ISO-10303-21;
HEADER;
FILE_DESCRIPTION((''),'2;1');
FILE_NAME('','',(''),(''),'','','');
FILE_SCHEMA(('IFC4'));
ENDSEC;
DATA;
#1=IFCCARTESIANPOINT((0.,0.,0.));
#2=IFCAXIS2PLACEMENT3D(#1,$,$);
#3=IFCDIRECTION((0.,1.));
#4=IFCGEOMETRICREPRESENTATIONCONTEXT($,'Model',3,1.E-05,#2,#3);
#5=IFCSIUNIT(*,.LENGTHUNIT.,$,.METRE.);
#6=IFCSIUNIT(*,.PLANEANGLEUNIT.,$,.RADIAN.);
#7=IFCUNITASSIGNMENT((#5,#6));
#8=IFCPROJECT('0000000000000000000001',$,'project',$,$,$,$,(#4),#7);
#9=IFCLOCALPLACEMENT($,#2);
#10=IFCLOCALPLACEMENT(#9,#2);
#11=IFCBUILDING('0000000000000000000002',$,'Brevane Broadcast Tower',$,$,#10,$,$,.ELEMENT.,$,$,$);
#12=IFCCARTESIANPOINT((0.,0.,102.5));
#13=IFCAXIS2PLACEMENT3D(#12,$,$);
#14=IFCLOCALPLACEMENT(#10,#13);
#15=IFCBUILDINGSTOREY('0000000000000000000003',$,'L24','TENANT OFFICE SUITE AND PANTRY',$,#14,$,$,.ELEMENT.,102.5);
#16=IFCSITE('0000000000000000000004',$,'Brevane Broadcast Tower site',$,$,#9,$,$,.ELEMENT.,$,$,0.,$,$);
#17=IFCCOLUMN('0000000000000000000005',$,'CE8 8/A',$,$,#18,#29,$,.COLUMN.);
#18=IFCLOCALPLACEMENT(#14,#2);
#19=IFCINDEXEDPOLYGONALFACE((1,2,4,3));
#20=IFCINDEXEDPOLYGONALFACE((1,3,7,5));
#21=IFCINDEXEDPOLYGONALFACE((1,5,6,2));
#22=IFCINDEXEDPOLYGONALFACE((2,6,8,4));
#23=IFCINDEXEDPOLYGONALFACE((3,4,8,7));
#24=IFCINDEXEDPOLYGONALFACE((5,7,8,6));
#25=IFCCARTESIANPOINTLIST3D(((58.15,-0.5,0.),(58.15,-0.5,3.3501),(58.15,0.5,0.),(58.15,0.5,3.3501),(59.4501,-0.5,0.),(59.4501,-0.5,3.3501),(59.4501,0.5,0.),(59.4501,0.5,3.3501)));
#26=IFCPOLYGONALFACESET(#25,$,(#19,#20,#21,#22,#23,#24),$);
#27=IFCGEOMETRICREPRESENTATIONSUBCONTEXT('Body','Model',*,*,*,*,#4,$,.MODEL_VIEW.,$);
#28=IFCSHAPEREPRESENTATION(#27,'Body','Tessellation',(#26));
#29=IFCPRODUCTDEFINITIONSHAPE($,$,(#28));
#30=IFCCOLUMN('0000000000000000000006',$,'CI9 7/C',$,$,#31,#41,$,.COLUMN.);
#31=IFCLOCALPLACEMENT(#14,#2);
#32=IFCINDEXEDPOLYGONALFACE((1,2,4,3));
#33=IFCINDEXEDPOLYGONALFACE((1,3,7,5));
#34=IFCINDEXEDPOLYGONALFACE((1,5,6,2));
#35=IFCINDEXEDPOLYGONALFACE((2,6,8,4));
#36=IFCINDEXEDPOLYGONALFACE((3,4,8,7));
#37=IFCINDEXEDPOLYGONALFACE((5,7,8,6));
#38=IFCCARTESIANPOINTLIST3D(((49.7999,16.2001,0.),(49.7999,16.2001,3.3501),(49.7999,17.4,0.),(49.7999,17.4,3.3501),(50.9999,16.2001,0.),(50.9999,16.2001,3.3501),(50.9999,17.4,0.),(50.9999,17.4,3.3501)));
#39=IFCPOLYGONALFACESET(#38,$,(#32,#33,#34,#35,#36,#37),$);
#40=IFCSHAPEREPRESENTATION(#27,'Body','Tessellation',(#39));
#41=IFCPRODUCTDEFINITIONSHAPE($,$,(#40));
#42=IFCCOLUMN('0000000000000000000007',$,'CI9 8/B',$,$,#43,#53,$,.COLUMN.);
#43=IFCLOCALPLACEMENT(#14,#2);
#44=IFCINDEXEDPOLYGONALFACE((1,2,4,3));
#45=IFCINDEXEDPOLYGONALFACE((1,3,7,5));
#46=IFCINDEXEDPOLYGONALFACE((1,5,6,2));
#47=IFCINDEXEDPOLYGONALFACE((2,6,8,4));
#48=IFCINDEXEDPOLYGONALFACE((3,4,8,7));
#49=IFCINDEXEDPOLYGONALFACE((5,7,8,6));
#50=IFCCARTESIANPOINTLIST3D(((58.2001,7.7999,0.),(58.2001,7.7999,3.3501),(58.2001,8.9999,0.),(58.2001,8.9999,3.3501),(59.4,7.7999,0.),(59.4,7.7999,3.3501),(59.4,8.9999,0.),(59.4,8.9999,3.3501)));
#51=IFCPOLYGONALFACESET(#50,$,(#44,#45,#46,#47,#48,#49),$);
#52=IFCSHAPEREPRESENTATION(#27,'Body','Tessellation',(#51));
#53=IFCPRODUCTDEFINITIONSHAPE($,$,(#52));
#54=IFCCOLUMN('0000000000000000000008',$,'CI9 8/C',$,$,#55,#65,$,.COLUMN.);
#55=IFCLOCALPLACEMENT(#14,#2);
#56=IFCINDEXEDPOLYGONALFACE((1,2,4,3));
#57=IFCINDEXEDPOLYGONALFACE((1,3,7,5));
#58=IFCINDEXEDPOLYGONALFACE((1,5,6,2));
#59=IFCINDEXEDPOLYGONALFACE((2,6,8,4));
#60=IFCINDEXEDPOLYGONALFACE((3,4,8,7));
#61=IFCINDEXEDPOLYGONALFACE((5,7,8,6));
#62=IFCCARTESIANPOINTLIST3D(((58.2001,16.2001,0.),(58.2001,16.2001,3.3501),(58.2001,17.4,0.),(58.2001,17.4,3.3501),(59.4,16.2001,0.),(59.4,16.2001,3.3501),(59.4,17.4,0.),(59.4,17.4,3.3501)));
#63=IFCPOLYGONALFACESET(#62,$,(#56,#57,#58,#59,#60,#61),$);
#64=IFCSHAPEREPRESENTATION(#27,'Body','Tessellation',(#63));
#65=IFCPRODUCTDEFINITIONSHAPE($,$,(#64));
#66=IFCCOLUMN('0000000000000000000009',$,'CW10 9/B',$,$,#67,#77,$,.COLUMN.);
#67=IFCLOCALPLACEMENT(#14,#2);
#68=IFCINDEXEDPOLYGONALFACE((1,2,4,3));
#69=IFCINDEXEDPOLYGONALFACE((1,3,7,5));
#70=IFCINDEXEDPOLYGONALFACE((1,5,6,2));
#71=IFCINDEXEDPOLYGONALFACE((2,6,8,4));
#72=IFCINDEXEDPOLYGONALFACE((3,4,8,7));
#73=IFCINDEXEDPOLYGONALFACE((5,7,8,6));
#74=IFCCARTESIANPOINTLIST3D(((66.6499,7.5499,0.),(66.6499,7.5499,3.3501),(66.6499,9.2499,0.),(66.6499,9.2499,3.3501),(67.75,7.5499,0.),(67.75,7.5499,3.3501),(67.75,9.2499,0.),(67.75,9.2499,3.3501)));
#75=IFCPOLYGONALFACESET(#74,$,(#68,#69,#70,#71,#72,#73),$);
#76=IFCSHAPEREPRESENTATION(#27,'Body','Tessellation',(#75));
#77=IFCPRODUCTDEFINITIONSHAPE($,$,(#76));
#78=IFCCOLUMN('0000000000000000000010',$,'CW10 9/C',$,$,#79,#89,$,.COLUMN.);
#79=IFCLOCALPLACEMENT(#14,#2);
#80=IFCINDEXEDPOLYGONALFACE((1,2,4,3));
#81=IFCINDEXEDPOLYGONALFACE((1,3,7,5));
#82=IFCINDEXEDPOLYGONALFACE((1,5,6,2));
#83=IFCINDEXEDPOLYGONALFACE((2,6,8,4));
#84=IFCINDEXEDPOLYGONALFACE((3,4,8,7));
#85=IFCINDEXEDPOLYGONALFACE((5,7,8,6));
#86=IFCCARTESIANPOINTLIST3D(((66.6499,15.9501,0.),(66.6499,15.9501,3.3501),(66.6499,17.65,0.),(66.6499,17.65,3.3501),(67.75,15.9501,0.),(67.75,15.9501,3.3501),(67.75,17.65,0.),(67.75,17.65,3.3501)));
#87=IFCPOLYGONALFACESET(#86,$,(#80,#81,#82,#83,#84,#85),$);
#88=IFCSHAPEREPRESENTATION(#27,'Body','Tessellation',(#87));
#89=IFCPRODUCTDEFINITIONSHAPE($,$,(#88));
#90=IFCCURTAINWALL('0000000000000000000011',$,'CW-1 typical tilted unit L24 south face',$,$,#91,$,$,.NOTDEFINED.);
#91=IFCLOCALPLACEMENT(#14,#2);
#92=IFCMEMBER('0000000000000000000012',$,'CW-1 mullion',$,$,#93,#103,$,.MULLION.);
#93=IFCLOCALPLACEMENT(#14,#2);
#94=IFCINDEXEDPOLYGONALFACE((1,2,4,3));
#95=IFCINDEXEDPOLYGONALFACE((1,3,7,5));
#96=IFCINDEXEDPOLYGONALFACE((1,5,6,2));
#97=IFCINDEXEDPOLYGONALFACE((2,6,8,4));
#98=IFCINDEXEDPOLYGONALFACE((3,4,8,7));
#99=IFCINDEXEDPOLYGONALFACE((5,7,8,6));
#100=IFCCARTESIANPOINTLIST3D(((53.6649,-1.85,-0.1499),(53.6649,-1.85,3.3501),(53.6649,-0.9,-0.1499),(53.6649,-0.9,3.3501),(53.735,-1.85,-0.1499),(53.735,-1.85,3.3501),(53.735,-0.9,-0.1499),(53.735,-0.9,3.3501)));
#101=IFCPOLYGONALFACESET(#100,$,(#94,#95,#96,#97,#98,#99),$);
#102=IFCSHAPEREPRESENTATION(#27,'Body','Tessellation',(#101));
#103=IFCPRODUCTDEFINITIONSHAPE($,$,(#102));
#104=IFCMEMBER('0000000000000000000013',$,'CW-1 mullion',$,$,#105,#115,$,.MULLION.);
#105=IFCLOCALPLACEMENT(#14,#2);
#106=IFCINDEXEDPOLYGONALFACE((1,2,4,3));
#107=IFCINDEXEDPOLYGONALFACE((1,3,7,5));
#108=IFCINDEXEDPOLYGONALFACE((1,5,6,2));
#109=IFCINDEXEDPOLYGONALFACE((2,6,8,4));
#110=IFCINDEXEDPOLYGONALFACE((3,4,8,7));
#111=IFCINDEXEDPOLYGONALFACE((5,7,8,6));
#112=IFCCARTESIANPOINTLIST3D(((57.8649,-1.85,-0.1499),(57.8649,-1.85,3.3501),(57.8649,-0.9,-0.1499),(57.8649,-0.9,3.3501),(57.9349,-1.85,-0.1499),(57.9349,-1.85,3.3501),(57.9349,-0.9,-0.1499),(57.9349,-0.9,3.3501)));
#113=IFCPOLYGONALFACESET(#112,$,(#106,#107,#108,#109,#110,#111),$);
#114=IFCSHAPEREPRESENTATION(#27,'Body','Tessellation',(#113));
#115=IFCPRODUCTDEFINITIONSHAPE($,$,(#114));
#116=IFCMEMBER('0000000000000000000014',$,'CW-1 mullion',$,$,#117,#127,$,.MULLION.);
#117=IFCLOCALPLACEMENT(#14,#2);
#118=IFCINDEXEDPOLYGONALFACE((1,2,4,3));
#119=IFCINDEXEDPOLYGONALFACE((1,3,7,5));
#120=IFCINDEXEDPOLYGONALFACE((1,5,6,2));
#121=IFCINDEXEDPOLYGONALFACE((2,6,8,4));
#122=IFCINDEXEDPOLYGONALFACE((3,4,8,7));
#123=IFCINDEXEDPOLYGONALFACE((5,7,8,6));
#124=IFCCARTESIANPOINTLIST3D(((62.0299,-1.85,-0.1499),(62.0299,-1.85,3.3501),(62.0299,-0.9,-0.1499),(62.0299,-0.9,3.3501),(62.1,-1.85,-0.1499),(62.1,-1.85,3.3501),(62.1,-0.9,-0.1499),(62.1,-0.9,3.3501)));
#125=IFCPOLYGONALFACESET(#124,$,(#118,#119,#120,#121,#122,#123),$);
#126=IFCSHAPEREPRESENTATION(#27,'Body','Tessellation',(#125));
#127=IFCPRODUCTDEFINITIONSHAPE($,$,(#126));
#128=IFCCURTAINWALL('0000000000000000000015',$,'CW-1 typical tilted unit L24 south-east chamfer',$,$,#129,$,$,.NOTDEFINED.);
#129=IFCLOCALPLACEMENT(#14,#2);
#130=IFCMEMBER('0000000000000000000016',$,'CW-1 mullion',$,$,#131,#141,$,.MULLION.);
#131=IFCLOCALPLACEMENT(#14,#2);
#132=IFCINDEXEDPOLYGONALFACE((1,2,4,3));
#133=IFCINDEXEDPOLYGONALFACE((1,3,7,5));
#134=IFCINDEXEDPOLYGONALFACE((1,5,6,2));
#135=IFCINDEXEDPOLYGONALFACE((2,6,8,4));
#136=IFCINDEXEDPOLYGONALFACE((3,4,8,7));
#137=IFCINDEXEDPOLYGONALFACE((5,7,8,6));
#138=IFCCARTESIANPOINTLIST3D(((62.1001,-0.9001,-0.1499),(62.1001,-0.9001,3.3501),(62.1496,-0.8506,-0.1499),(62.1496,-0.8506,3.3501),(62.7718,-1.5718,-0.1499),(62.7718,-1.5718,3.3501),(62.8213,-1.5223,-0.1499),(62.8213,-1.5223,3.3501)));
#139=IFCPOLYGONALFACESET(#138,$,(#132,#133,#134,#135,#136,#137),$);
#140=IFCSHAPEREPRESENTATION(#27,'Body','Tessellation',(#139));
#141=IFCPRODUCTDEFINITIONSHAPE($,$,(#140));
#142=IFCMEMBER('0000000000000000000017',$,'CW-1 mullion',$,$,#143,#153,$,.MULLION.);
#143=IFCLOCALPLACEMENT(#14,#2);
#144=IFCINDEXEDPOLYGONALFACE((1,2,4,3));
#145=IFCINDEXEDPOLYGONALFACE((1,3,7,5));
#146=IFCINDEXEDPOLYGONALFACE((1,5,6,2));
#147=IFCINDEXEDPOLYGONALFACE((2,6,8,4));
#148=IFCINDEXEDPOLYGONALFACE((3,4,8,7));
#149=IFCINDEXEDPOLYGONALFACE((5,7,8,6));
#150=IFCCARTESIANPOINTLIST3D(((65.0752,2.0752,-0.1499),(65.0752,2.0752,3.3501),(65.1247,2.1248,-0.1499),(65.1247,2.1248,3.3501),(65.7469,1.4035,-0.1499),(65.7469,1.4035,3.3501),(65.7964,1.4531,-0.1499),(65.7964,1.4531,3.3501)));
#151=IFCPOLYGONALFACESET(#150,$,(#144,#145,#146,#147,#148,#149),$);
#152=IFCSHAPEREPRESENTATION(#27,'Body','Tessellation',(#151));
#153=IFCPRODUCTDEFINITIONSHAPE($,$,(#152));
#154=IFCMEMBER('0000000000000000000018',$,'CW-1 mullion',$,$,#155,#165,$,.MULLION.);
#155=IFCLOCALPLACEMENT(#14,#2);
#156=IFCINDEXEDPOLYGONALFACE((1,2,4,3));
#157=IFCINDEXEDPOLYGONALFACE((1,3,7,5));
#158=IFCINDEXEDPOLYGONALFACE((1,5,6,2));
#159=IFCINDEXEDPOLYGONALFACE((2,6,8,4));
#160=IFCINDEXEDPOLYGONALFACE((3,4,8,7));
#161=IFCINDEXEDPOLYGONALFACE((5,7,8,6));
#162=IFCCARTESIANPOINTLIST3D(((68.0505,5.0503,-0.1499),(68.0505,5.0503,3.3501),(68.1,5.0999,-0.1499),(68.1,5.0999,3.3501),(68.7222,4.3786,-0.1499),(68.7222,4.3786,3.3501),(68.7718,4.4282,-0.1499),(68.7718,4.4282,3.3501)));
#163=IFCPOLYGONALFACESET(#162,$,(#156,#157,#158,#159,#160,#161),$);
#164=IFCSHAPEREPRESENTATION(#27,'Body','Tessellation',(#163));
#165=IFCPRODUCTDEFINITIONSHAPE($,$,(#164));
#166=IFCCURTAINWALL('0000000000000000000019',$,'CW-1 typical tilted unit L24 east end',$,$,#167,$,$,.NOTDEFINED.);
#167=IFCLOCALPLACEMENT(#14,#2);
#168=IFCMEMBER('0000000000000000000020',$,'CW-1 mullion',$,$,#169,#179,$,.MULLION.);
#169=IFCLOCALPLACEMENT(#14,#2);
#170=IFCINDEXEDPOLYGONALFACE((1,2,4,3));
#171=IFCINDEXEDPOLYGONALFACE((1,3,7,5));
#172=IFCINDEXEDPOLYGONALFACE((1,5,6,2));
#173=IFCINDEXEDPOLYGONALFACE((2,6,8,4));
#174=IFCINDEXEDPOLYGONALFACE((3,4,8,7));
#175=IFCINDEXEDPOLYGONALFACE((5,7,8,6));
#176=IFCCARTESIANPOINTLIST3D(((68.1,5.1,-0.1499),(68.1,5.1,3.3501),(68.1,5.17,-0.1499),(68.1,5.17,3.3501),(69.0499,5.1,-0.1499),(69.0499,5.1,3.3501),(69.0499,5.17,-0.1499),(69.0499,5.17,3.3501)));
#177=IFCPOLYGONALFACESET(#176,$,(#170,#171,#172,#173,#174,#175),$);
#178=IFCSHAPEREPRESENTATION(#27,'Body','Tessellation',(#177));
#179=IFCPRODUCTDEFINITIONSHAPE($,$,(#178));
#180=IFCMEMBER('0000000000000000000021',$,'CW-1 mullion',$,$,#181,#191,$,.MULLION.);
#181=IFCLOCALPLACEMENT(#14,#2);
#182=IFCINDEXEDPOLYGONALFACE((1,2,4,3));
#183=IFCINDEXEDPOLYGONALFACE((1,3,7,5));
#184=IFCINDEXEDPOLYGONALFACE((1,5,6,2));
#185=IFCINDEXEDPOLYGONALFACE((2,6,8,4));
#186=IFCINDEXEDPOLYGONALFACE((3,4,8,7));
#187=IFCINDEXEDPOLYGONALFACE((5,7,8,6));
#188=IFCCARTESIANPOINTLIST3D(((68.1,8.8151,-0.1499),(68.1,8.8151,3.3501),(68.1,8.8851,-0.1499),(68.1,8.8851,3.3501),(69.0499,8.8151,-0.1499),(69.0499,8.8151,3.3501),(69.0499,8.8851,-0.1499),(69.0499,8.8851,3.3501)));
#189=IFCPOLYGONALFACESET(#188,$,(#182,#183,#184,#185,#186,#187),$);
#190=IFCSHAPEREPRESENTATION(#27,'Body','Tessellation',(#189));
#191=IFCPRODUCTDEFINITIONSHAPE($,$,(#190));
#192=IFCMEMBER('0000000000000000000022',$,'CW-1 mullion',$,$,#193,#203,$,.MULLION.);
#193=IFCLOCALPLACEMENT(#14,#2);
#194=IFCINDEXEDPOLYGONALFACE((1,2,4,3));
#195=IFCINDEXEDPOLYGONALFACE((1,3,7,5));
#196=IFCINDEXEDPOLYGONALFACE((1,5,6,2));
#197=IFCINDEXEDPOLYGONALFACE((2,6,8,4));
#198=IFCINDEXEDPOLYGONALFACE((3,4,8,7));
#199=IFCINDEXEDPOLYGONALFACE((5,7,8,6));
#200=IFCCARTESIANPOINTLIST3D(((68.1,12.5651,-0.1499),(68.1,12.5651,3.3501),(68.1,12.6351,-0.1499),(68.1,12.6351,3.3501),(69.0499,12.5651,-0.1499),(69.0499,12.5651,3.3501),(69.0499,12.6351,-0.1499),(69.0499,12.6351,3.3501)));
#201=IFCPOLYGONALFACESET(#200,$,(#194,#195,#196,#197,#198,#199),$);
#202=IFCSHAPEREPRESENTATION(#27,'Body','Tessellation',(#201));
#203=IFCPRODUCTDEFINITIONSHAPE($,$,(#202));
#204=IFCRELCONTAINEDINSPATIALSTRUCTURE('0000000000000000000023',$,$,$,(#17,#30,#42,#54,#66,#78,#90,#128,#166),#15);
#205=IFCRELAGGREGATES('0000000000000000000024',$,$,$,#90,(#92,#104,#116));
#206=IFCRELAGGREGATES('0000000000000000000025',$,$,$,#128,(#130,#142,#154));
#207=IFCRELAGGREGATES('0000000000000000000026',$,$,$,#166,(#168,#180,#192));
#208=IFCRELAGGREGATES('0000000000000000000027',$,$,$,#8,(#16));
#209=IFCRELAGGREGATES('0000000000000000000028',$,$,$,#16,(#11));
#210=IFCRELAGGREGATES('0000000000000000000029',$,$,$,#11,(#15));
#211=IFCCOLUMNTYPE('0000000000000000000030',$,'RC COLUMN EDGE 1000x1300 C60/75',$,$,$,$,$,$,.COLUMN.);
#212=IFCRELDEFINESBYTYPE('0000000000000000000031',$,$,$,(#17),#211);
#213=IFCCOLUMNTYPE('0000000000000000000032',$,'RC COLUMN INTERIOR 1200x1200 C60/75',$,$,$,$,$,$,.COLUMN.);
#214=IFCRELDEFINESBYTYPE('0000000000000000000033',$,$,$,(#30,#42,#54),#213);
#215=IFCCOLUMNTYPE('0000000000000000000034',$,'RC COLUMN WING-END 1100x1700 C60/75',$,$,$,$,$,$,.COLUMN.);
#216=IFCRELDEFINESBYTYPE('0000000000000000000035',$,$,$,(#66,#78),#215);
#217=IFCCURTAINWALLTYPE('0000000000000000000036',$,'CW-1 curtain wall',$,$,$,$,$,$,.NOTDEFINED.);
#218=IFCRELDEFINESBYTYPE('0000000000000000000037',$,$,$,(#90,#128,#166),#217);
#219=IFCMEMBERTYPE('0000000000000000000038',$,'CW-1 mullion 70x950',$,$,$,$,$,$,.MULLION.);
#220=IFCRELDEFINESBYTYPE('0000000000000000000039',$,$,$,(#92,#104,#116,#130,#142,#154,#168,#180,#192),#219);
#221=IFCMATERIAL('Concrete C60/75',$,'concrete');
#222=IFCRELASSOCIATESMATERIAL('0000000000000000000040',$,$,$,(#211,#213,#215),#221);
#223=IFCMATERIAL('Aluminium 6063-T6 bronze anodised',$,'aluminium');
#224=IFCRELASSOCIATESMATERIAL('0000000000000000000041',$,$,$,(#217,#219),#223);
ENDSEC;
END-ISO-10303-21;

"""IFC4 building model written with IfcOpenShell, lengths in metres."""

from ifc_helpers import new_model, si_unit, direction, frame, origin, origin_2d, place, context, subcontext, project, spatial, rectangle, extrude, material, material_profile, profile_set, type_object, element, aggregate, save


model = new_model("IFC4")

# Units and contexts
model_context = context("Model", 3, precision=1e-05, world=origin(), true_north=direction((0.0, 1.0)))
body_context = subcontext(model_context, "Body", "Model", "MODEL_VIEW")
ifc_project = project(units=[si_unit("LENGTHUNIT", "METRE"), si_unit("PLANEANGLEUNIT", "RADIAN")], contexts=[model_context])

# Site, building, storey
site_placement = place(None, origin())
site = spatial("IfcSite", under=ifc_project, at=site_placement, Name="Brevane Broadcast Tower site", CompositionType="ELEMENT", RefElevation=0.0)
building_placement = place(site_placement, origin())
building = spatial("IfcBuilding", under=site, at=building_placement, Name="Brevane Broadcast Tower", CompositionType="ELEMENT")
storey_placement = place(building_placement, frame((0.0, 0.0, 102.5)))
storey = spatial("IfcBuildingStorey", under=building, at=storey_placement, Name="L24", Description="TENANT OFFICE SUITE AND PANTRY", CompositionType="ELEMENT", Elevation=102.5)

# Columns
ifc_material_1 = material(Name="Concrete C60/75", Category="concrete")
ifc_material_profile_1 = material_profile(ifc_material_1, rectangle(XDim=1.0, YDim=1.3, at=origin_2d()), Name="RC 1000x1300")
ifc_profile_set_1 = profile_set([ifc_material_profile_1], Name="Concrete C60/75")
column_type_1 = type_object("IfcColumnType", Name="RC COLUMN EDGE 1000x1300 C60/75", PredefinedType="COLUMN", material=ifc_profile_set_1)
column_placement = place(storey_placement, frame((58.8, 0.0, 0.0), z_axis=(0.0, 0.0, 1.0), x_axis=(0.0, 1.0, 0.0)))
element("IfcColumn", 1, at=column_placement, inside=storey, type_object=column_type_1, Name="CE8 8/A", PredefinedType="COLUMN", context=body_context, shape_type="SweptSolid", body=[
    extrude(rectangle(XDim=1.0, YDim=1.3, at=origin_2d()), origin(), (0.0, 0.0, 1.0), 3.3501),
])
ifc_material_profile_2 = material_profile(ifc_material_1, rectangle(XDim=1.2, YDim=1.2, at=origin_2d()), Name="RC 1200x1200")
ifc_profile_set_2 = profile_set([ifc_material_profile_2], Name="Concrete C60/75")
column_type_2 = type_object("IfcColumnType", Name="RC COLUMN INTERIOR 1200x1200 C60/75", PredefinedType="COLUMN", material=ifc_profile_set_2)
for number, where, z_axis, x_axis, name in (
    (2, (50.3999, 16.8, 0.0), (0.0, 0.0, 1.0), (1.0, 0.0, 0.0), "CI9 7/C"),
    (3, (58.8, 8.3999, 0.0), (0.0, 0.0, 1.0), (1.0, 0.0, 0.0), "CI9 8/B"),
    (4, (58.8, 16.8, 0.0), (0.0, 0.0, 1.0), (1.0, 0.0, 0.0), "CI9 8/C"),
):
    element("IfcColumn", number, at=place(storey_placement, frame(where, z_axis=z_axis, x_axis=x_axis)), inside=storey, type_object=column_type_2, Name=name, PredefinedType="COLUMN", context=body_context, shape_type="SweptSolid", body=[
        extrude(rectangle(XDim=1.2, YDim=1.2, at=origin_2d()), origin(), (0.0, 0.0, 1.0), 3.3501),
    ])
ifc_material_profile_3 = material_profile(ifc_material_1, rectangle(XDim=1.1001, YDim=1.7, at=origin_2d()), Name="RC 1100x1700")
ifc_profile_set_3 = profile_set([ifc_material_profile_3], Name="Concrete C60/75")
column_type_3 = type_object("IfcColumnType", Name="RC COLUMN WING-END 1100x1700 C60/75", PredefinedType="COLUMN", material=ifc_profile_set_3)
for number, where, z_axis, x_axis, name in (
    (5, (67.2, 8.3999, 0.0), (0.0, 0.0, 1.0), (1.0, 0.0, 0.0), "CW10 9/B"),
    (6, (67.2, 16.8, 0.0), (0.0, 0.0, 1.0), (1.0, 0.0, 0.0), "CW10 9/C"),
):
    element("IfcColumn", number, at=place(storey_placement, frame(where, z_axis=z_axis, x_axis=x_axis)), inside=storey, type_object=column_type_3, Name=name, PredefinedType="COLUMN", context=body_context, shape_type="SweptSolid", body=[
        extrude(rectangle(XDim=1.1001, YDim=1.7, at=origin_2d()), origin(), (0.0, 0.0, 1.0), 3.3501),
    ])

# Curtain walls, members
ifc_material_2 = material(Name="Aluminium 6063-T6 bronze anodised", Category="aluminium")
curtain_wall_type = type_object("IfcCurtainWallType", Name="CW-1 curtain wall", PredefinedType="NOTDEFINED", material=ifc_material_2)
curtain_wall_1_placement = place(storey_placement, origin())
curtain_wall_1 = element("IfcCurtainWall", 7, at=curtain_wall_1_placement, inside=storey, type_object=curtain_wall_type, Name="CW-1 typical tilted unit L24 south face", PredefinedType="NOTDEFINED")
ifc_material_profile_4 = material_profile(ifc_material_2, rectangle(XDim=0.95, YDim=0.0701, at=origin_2d()), Name="RECT 70x950")
ifc_profile_set_4 = profile_set([ifc_material_profile_4], Name="Aluminium 6063-T6 bronze anodised")
member_type_1 = type_object("IfcMemberType", Name="CW-1 mullion 70x950", PredefinedType="MULLION", material=ifc_profile_set_4)
member_1_placement = place(storey_placement, frame((53.7, -1.375, -0.1499), z_axis=(0.0, 0.0, 1.0), x_axis=(0.0, 1.0, 0.0)))
member_1 = element("IfcMember", 8, at=member_1_placement, type_object=member_type_1, Name="CW-1 mullion", PredefinedType="MULLION", context=body_context, shape_type="SweptSolid", body=[
    extrude(rectangle(XDim=0.95, YDim=0.0701, at=origin_2d()), origin(), (0.0, 0.0, 1.0), 3.5),
])
member_2_placement = place(storey_placement, frame((57.8999, -1.375, -0.1499), z_axis=(0.0, 0.0, 1.0), x_axis=(0.0, 1.0, 0.0)))
member_2 = element("IfcMember", 9, at=member_2_placement, type_object=member_type_1, Name="CW-1 mullion", PredefinedType="MULLION", context=body_context, shape_type="SweptSolid", body=[
    extrude(rectangle(XDim=0.95, YDim=0.0701, at=origin_2d()), origin(), (0.0, 0.0, 1.0), 3.5),
])
member_3_placement = place(storey_placement, frame((62.0649, -1.375, -0.1499), z_axis=(0.0, 0.0, 1.0), x_axis=(0.0, 1.0, 0.0)))
member_3 = element("IfcMember", 10, at=member_3_placement, type_object=member_type_1, Name="CW-1 mullion", PredefinedType="MULLION", context=body_context, shape_type="SweptSolid", body=[
    extrude(rectangle(XDim=0.95, YDim=0.0701, at=origin_2d()), origin(), (0.0, 0.0, 1.0), 3.5),
])
aggregate(curtain_wall_1, [member_1, member_2, member_3])
curtain_wall_2_placement = place(storey_placement, origin())
curtain_wall_2 = element("IfcCurtainWall", 11, at=curtain_wall_2_placement, inside=storey, type_object=curtain_wall_type, Name="CW-1 typical tilted unit L24 south-east chamfer", PredefinedType="NOTDEFINED")
member_4_placement = place(storey_placement, frame((62.4607, -1.2112, -0.1499), z_axis=(0.0, 0.0, 1.0), x_axis=(-0.707107, 0.707107, 0.0)))
member_4 = element("IfcMember", 12, at=member_4_placement, type_object=member_type_1, Name="CW-1 mullion", PredefinedType="MULLION", context=body_context, shape_type="SweptSolid", body=[
    extrude(rectangle(XDim=0.95, YDim=0.0701, at=origin_2d()), origin(), (0.0, 0.0, 1.0), 3.5),
])
member_5_placement = place(storey_placement, frame((65.4358, 1.7642, -0.1499), z_axis=(0.0, 0.0, 1.0), x_axis=(-0.707107, 0.707107, 0.0)))
member_5 = element("IfcMember", 13, at=member_5_placement, type_object=member_type_1, Name="CW-1 mullion", PredefinedType="MULLION", context=body_context, shape_type="SweptSolid", body=[
    extrude(rectangle(XDim=0.95, YDim=0.0701, at=origin_2d()), origin(), (0.0, 0.0, 1.0), 3.5),
])
member_6_placement = place(storey_placement, frame((68.4111, 4.7393, -0.1499), z_axis=(0.0, 0.0, 1.0), x_axis=(-0.707107, 0.707107, 0.0)))
member_6 = element("IfcMember", 14, at=member_6_placement, type_object=member_type_1, Name="CW-1 mullion", PredefinedType="MULLION", context=body_context, shape_type="SweptSolid", body=[
    extrude(rectangle(XDim=0.95, YDim=0.0701, at=origin_2d()), origin(), (0.0, 0.0, 1.0), 3.5),
])
curtain_wall_3_placement = place(storey_placement, origin())
curtain_wall_3 = element("IfcCurtainWall", 15, at=curtain_wall_3_placement, inside=storey, type_object=curtain_wall_type, Name="CW-1 typical tilted unit L24 east end", PredefinedType="NOTDEFINED")
member_7_placement = place(storey_placement, frame((68.575, 5.135, -0.1499), z_axis=(0.0, 0.0, 1.0), x_axis=(-1.0, 0.0, 0.0)))
member_7 = element("IfcMember", 16, at=member_7_placement, type_object=member_type_1, Name="CW-1 mullion", PredefinedType="MULLION", context=body_context, shape_type="SweptSolid", body=[
    extrude(rectangle(XDim=0.95, YDim=0.0701, at=origin_2d()), origin(), (0.0, 0.0, 1.0), 3.5),
])
member_8_placement = place(storey_placement, frame((68.575, 8.8501, -0.1499), z_axis=(0.0, 0.0, 1.0), x_axis=(-1.0, 0.0, 0.0)))
member_8 = element("IfcMember", 17, at=member_8_placement, type_object=member_type_1, Name="CW-1 mullion", PredefinedType="MULLION", context=body_context, shape_type="SweptSolid", body=[
    extrude(rectangle(XDim=0.95, YDim=0.0701, at=origin_2d()), origin(), (0.0, 0.0, 1.0), 3.5),
])
member_9_placement = place(storey_placement, frame((68.575, 12.6001, -0.1499), z_axis=(0.0, 0.0, 1.0), x_axis=(-1.0, 0.0, 0.0)))
member_9 = element("IfcMember", 18, at=member_9_placement, type_object=member_type_1, Name="CW-1 mullion", PredefinedType="MULLION", context=body_context, shape_type="SweptSolid", body=[
    extrude(rectangle(XDim=0.95, YDim=0.0701, at=origin_2d()), origin(), (0.0, 0.0, 1.0), 3.5),
])

aggregate(curtain_wall_2, [member_4, member_5, member_6])
aggregate(curtain_wall_3, [member_7, member_8, member_9])

save(model, "model.ifc")
